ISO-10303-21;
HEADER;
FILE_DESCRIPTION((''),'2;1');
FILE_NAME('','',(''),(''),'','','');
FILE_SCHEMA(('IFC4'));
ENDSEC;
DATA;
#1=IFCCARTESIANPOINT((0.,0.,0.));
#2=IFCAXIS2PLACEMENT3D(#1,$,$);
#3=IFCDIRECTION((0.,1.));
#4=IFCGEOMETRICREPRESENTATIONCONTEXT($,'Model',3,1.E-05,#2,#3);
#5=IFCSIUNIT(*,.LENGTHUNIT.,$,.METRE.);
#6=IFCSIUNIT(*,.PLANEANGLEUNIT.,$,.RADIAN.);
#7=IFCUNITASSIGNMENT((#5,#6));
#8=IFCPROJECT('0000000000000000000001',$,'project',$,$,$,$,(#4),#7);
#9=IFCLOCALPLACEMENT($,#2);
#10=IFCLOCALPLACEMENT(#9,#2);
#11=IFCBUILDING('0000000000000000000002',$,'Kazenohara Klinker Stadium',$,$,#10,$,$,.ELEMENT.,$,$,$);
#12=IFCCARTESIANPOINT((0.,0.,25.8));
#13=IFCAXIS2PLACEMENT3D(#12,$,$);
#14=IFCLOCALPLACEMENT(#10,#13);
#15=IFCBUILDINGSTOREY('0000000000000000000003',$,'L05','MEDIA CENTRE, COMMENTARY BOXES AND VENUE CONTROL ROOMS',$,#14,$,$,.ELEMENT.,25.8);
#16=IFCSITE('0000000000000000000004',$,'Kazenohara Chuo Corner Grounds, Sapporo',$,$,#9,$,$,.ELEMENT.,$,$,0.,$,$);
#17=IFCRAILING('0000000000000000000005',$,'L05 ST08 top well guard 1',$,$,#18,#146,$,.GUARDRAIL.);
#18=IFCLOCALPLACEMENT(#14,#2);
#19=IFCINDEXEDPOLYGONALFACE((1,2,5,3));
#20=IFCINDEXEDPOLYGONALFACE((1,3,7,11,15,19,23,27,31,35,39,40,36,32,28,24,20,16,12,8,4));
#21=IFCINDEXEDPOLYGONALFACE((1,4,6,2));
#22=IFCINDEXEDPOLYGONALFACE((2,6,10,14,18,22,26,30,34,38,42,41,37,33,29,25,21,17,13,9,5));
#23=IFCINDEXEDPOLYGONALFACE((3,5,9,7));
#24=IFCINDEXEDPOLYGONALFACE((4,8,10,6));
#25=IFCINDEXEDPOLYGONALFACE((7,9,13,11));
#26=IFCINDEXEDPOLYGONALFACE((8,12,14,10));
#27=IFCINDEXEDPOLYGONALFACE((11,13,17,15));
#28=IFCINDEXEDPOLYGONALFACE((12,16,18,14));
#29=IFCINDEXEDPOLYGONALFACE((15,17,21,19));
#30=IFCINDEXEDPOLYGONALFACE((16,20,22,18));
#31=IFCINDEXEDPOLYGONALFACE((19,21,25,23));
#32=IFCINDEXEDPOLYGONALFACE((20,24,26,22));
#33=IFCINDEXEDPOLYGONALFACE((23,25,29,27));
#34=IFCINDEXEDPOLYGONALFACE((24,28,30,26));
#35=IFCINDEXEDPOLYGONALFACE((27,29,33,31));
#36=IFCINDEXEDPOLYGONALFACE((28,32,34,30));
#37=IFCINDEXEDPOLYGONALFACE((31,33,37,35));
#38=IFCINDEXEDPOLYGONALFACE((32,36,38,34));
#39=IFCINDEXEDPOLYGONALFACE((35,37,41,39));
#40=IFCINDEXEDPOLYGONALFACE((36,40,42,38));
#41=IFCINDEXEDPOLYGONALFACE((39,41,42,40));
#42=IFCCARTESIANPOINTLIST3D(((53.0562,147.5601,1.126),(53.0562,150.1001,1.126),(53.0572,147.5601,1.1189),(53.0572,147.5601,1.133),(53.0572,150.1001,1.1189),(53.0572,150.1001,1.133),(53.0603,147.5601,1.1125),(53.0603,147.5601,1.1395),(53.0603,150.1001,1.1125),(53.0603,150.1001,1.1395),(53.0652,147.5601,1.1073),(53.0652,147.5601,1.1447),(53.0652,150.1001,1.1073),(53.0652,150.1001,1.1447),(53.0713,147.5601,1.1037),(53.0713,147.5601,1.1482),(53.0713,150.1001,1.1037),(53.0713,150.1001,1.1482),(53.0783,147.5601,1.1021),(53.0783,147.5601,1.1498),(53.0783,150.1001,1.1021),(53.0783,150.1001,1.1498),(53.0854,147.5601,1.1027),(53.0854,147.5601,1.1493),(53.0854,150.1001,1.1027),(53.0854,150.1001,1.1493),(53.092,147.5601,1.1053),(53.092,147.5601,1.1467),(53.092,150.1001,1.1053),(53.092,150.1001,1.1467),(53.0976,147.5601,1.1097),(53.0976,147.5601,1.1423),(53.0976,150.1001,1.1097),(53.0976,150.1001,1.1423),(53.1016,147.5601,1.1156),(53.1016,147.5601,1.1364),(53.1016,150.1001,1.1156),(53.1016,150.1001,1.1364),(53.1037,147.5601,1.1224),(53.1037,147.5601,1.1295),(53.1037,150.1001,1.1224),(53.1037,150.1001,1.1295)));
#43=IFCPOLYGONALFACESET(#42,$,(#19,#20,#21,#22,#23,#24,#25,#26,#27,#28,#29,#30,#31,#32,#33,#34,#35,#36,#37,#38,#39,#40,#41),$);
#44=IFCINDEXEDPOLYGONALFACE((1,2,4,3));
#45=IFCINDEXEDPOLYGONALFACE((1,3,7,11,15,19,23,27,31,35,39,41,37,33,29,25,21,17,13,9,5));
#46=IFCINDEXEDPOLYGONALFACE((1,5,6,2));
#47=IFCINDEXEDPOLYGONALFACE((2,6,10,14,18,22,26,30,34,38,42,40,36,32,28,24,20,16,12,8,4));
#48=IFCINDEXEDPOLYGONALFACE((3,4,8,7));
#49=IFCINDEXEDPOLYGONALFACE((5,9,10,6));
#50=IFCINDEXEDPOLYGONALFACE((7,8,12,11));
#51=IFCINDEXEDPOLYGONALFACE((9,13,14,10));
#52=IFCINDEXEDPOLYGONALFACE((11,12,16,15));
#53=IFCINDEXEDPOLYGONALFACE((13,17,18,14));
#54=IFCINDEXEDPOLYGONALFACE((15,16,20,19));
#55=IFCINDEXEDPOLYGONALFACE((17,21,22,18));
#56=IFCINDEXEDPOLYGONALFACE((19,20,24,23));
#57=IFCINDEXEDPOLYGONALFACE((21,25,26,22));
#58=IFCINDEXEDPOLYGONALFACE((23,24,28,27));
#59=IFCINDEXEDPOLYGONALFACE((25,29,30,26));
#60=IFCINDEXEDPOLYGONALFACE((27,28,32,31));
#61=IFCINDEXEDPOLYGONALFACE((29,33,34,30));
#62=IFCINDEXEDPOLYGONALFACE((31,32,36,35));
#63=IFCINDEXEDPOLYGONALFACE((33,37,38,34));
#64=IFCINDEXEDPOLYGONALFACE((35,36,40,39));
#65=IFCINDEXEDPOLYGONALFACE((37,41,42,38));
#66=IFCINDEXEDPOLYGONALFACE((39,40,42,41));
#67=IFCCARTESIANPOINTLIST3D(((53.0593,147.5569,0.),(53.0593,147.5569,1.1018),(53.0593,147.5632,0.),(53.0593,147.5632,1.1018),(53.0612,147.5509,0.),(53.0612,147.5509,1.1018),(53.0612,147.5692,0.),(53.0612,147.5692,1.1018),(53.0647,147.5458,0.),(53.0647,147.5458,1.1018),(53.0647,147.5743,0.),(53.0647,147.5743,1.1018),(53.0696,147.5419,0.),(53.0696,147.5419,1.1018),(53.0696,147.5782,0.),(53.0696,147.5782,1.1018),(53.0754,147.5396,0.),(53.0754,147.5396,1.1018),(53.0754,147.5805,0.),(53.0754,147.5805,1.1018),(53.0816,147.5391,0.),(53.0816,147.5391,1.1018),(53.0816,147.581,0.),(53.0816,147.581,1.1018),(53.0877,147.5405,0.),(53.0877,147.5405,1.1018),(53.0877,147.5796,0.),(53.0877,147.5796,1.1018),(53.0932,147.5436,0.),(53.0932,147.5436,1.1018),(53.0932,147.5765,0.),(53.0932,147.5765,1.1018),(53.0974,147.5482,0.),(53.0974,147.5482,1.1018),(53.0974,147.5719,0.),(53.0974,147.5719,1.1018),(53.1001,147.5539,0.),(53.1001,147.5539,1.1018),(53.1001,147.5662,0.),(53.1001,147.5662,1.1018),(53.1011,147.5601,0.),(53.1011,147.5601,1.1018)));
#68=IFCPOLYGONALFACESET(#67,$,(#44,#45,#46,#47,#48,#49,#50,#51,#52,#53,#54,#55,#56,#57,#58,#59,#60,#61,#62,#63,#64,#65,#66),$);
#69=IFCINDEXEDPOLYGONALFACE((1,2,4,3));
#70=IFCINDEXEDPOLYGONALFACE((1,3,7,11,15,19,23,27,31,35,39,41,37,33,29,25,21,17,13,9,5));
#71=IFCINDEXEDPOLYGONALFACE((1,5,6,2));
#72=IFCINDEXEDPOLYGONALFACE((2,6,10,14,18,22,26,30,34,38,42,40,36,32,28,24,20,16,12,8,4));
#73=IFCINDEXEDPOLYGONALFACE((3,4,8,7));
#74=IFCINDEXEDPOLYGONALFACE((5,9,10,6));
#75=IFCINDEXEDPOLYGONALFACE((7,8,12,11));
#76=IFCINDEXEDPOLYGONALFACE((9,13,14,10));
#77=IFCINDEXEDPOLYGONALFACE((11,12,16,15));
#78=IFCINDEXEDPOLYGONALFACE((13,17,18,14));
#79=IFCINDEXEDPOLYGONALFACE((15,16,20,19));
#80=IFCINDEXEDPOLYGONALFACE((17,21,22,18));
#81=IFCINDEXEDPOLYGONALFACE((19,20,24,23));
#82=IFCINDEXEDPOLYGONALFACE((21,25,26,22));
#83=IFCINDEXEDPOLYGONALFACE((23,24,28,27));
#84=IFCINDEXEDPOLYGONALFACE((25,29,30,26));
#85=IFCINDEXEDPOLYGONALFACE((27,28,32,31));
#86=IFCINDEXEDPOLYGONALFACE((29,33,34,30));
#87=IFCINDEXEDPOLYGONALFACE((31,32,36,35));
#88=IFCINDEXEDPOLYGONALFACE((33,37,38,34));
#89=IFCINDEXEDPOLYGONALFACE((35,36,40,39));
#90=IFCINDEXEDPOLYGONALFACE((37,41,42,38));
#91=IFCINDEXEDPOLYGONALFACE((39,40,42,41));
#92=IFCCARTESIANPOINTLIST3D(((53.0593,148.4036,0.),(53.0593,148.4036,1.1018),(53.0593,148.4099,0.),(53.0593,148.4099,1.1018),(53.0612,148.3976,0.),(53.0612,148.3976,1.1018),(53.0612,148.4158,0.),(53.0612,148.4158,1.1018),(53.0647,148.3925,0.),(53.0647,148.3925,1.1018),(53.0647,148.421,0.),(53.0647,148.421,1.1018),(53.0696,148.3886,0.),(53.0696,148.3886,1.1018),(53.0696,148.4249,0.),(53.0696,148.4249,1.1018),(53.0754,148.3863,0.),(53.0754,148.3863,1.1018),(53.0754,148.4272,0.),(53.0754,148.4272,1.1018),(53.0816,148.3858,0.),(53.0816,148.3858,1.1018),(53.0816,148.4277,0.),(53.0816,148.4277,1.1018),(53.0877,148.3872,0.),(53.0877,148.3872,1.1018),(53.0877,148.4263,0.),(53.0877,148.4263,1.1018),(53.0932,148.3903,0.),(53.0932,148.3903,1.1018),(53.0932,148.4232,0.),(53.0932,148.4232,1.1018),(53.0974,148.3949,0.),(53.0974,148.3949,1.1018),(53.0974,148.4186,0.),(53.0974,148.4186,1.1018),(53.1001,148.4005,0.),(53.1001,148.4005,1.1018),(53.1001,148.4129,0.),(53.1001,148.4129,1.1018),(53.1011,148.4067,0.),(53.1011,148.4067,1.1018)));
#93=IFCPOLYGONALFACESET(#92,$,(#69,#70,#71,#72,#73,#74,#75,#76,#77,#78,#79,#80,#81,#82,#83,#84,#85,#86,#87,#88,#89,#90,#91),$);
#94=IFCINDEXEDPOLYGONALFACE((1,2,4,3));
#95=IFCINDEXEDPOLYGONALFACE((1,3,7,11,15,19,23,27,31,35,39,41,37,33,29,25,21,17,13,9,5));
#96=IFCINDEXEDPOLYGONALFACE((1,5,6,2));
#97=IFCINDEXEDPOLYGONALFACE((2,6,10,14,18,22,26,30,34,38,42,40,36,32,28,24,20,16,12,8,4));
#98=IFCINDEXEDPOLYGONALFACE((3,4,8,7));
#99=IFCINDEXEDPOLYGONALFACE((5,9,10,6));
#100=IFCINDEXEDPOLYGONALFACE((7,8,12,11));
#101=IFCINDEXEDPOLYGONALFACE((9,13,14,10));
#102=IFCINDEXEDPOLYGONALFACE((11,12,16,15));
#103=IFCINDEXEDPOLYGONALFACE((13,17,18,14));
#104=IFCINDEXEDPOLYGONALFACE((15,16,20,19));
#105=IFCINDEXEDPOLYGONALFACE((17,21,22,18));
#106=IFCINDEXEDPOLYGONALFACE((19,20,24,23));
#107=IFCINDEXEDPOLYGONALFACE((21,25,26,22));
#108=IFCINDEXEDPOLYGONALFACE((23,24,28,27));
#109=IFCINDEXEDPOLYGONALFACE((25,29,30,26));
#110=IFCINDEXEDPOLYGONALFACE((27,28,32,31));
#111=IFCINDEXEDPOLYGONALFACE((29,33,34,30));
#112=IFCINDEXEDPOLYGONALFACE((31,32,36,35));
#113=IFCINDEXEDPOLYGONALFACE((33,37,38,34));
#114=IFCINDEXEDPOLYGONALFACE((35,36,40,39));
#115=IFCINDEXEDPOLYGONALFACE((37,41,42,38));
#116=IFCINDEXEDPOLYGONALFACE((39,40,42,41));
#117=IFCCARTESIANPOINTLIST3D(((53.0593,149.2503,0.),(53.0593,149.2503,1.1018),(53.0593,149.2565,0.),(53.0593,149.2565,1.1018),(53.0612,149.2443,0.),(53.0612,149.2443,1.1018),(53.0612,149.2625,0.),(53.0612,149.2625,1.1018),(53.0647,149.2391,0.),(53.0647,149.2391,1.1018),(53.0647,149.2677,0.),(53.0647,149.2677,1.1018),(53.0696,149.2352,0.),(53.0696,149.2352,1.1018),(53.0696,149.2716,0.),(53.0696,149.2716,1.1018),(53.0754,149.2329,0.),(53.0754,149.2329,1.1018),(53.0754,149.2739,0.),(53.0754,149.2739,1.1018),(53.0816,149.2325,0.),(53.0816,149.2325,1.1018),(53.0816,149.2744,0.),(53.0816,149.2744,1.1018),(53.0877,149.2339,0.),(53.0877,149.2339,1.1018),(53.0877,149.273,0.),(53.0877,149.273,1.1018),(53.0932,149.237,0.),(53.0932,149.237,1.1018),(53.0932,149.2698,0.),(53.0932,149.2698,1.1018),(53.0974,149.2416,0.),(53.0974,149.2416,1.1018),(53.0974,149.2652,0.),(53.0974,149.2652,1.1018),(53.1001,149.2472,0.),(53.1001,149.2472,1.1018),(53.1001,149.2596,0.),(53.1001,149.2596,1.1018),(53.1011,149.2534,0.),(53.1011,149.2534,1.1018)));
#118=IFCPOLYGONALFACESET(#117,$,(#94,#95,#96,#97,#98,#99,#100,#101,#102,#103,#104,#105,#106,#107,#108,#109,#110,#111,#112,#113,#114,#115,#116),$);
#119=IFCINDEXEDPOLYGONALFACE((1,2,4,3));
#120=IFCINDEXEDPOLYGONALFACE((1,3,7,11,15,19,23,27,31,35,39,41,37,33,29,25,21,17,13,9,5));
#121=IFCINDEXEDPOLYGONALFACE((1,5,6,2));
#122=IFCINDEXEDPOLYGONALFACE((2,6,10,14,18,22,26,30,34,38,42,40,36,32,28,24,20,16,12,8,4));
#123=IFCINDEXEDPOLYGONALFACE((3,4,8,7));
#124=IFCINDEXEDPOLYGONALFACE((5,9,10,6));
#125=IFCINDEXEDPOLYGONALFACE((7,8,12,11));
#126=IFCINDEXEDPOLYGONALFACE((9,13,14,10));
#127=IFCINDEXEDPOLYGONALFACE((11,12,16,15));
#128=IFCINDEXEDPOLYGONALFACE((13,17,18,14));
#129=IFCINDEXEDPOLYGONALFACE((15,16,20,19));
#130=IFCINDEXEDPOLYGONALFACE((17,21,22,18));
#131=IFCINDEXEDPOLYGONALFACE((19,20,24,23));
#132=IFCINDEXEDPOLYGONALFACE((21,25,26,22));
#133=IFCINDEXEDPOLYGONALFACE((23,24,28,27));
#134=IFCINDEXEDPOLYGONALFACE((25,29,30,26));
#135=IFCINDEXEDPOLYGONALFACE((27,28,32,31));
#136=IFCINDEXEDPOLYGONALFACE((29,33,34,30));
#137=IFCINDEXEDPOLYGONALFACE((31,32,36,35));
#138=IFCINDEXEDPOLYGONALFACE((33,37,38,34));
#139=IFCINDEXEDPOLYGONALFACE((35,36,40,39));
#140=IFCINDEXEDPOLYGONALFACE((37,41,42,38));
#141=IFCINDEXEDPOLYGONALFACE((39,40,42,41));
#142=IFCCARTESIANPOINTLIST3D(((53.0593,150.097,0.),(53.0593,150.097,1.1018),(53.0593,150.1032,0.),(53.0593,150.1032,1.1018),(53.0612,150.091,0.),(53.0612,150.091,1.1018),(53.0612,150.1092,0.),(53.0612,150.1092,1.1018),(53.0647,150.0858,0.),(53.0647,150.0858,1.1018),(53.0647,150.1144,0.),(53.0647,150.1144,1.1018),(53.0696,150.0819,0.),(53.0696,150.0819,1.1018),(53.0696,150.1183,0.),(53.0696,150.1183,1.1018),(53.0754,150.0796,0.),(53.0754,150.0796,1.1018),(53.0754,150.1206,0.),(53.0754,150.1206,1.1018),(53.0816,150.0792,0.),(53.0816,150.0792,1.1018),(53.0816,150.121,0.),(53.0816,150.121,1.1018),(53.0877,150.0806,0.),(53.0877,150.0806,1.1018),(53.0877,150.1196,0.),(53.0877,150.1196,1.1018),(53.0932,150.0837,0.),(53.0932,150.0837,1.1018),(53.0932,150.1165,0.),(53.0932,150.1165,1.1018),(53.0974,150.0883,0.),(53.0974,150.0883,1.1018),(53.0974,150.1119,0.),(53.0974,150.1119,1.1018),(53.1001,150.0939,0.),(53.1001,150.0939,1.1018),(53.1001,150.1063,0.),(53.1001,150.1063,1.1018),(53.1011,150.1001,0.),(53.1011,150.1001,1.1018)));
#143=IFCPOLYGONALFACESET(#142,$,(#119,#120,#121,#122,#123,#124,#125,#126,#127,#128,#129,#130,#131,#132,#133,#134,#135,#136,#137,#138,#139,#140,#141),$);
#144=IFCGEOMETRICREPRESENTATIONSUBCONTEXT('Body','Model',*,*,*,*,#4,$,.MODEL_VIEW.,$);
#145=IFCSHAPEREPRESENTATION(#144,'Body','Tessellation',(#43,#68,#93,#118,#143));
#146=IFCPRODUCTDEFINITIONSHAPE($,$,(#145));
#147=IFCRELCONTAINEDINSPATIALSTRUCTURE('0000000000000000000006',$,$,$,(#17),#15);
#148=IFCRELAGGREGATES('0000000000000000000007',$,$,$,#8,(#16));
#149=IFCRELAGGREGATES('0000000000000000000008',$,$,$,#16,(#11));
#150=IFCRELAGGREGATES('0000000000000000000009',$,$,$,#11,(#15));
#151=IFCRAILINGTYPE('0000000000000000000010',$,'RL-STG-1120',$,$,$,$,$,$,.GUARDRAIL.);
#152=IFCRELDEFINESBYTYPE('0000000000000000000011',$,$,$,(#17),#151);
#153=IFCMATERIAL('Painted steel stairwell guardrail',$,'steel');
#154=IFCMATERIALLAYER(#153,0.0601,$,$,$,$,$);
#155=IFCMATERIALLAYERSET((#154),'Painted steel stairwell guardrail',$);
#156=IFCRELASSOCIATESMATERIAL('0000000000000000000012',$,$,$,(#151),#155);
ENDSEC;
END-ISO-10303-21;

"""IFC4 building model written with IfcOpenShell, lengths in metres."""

from ifc_helpers import new_model, si_unit, direction, frame, origin, origin_2d, place, context, subcontext, project, spatial, circle, extrude, material, layer, layer_set, type_object, element, save


model = new_model("IFC4")

# Units and contexts
model_context = context("Model", 3, precision=1e-05, world=origin(), true_north=direction((0.0, 1.0)))
body_context = subcontext(model_context, "Body", "Model", "MODEL_VIEW")
ifc_project = project(units=[si_unit("LENGTHUNIT", "METRE"), si_unit("PLANEANGLEUNIT", "RADIAN")], contexts=[model_context])

# Site, building, storey
site_placement = place(None, origin())
site = spatial("IfcSite", under=ifc_project, at=site_placement, Name="Kazenohara Chuo Corner Grounds, Sapporo", CompositionType="ELEMENT", RefElevation=0.0)
building_placement = place(site_placement, origin())
building = spatial("IfcBuilding", under=site, at=building_placement, Name="Kazenohara Klinker Stadium", CompositionType="ELEMENT")
storey_placement = place(building_placement, frame((0.0, 0.0, 25.8)))
storey = spatial("IfcBuildingStorey", under=building, at=storey_placement, Name="L05", Description="MEDIA CENTRE, COMMENTARY BOXES AND VENUE CONTROL ROOMS", CompositionType="ELEMENT", Elevation=25.8)

# Railing
ifc_material_1 = material(Name="Painted steel stairwell guardrail", Category="steel")
ifc_layer_1 = layer(ifc_material_1, 0.0601)
ifc_layer_set_1 = layer_set([ifc_layer_1], Name="Painted steel stairwell guardrail")
railing_type = type_object("IfcRailingType", Name="RL-STG-1120", PredefinedType="GUARDRAIL", material=ifc_layer_set_1)
railing_placement = place(storey_placement, frame((53.0801, 147.5601, 0.0)))
element("IfcRailing", 1, at=railing_placement, inside=storey, type_object=railing_type, Name="L05 ST08 top well guard 1", PredefinedType="GUARDRAIL", context=body_context, shape_type="SweptSolid", body=[
    extrude(circle(Radius=0.0239, at=origin_2d()), frame((0.0, 0.0, 1.126), z_axis=(0.0, 1.0, 0.0), x_axis=(-1.0, 0.0, 0.0)), (0.0, 0.0, 1.0), 2.54),
    extrude(circle(Radius=0.021, at=origin_2d()), origin(), (0.0, 0.0, 1.0), 1.1018),
    extrude(circle(Radius=0.021, at=origin_2d()), frame((0.0, 0.8467, 0.0)), (0.0, 0.0, 1.0), 1.1018),
    extrude(circle(Radius=0.021, at=origin_2d()), frame((0.0, 1.6934, 0.0)), (0.0, 0.0, 1.0), 1.1018),
    extrude(circle(Radius=0.021, at=origin_2d()), frame((0.0, 2.54, 0.0)), (0.0, 0.0, 1.0), 1.1018),
])

save(model, "model.ifc")
